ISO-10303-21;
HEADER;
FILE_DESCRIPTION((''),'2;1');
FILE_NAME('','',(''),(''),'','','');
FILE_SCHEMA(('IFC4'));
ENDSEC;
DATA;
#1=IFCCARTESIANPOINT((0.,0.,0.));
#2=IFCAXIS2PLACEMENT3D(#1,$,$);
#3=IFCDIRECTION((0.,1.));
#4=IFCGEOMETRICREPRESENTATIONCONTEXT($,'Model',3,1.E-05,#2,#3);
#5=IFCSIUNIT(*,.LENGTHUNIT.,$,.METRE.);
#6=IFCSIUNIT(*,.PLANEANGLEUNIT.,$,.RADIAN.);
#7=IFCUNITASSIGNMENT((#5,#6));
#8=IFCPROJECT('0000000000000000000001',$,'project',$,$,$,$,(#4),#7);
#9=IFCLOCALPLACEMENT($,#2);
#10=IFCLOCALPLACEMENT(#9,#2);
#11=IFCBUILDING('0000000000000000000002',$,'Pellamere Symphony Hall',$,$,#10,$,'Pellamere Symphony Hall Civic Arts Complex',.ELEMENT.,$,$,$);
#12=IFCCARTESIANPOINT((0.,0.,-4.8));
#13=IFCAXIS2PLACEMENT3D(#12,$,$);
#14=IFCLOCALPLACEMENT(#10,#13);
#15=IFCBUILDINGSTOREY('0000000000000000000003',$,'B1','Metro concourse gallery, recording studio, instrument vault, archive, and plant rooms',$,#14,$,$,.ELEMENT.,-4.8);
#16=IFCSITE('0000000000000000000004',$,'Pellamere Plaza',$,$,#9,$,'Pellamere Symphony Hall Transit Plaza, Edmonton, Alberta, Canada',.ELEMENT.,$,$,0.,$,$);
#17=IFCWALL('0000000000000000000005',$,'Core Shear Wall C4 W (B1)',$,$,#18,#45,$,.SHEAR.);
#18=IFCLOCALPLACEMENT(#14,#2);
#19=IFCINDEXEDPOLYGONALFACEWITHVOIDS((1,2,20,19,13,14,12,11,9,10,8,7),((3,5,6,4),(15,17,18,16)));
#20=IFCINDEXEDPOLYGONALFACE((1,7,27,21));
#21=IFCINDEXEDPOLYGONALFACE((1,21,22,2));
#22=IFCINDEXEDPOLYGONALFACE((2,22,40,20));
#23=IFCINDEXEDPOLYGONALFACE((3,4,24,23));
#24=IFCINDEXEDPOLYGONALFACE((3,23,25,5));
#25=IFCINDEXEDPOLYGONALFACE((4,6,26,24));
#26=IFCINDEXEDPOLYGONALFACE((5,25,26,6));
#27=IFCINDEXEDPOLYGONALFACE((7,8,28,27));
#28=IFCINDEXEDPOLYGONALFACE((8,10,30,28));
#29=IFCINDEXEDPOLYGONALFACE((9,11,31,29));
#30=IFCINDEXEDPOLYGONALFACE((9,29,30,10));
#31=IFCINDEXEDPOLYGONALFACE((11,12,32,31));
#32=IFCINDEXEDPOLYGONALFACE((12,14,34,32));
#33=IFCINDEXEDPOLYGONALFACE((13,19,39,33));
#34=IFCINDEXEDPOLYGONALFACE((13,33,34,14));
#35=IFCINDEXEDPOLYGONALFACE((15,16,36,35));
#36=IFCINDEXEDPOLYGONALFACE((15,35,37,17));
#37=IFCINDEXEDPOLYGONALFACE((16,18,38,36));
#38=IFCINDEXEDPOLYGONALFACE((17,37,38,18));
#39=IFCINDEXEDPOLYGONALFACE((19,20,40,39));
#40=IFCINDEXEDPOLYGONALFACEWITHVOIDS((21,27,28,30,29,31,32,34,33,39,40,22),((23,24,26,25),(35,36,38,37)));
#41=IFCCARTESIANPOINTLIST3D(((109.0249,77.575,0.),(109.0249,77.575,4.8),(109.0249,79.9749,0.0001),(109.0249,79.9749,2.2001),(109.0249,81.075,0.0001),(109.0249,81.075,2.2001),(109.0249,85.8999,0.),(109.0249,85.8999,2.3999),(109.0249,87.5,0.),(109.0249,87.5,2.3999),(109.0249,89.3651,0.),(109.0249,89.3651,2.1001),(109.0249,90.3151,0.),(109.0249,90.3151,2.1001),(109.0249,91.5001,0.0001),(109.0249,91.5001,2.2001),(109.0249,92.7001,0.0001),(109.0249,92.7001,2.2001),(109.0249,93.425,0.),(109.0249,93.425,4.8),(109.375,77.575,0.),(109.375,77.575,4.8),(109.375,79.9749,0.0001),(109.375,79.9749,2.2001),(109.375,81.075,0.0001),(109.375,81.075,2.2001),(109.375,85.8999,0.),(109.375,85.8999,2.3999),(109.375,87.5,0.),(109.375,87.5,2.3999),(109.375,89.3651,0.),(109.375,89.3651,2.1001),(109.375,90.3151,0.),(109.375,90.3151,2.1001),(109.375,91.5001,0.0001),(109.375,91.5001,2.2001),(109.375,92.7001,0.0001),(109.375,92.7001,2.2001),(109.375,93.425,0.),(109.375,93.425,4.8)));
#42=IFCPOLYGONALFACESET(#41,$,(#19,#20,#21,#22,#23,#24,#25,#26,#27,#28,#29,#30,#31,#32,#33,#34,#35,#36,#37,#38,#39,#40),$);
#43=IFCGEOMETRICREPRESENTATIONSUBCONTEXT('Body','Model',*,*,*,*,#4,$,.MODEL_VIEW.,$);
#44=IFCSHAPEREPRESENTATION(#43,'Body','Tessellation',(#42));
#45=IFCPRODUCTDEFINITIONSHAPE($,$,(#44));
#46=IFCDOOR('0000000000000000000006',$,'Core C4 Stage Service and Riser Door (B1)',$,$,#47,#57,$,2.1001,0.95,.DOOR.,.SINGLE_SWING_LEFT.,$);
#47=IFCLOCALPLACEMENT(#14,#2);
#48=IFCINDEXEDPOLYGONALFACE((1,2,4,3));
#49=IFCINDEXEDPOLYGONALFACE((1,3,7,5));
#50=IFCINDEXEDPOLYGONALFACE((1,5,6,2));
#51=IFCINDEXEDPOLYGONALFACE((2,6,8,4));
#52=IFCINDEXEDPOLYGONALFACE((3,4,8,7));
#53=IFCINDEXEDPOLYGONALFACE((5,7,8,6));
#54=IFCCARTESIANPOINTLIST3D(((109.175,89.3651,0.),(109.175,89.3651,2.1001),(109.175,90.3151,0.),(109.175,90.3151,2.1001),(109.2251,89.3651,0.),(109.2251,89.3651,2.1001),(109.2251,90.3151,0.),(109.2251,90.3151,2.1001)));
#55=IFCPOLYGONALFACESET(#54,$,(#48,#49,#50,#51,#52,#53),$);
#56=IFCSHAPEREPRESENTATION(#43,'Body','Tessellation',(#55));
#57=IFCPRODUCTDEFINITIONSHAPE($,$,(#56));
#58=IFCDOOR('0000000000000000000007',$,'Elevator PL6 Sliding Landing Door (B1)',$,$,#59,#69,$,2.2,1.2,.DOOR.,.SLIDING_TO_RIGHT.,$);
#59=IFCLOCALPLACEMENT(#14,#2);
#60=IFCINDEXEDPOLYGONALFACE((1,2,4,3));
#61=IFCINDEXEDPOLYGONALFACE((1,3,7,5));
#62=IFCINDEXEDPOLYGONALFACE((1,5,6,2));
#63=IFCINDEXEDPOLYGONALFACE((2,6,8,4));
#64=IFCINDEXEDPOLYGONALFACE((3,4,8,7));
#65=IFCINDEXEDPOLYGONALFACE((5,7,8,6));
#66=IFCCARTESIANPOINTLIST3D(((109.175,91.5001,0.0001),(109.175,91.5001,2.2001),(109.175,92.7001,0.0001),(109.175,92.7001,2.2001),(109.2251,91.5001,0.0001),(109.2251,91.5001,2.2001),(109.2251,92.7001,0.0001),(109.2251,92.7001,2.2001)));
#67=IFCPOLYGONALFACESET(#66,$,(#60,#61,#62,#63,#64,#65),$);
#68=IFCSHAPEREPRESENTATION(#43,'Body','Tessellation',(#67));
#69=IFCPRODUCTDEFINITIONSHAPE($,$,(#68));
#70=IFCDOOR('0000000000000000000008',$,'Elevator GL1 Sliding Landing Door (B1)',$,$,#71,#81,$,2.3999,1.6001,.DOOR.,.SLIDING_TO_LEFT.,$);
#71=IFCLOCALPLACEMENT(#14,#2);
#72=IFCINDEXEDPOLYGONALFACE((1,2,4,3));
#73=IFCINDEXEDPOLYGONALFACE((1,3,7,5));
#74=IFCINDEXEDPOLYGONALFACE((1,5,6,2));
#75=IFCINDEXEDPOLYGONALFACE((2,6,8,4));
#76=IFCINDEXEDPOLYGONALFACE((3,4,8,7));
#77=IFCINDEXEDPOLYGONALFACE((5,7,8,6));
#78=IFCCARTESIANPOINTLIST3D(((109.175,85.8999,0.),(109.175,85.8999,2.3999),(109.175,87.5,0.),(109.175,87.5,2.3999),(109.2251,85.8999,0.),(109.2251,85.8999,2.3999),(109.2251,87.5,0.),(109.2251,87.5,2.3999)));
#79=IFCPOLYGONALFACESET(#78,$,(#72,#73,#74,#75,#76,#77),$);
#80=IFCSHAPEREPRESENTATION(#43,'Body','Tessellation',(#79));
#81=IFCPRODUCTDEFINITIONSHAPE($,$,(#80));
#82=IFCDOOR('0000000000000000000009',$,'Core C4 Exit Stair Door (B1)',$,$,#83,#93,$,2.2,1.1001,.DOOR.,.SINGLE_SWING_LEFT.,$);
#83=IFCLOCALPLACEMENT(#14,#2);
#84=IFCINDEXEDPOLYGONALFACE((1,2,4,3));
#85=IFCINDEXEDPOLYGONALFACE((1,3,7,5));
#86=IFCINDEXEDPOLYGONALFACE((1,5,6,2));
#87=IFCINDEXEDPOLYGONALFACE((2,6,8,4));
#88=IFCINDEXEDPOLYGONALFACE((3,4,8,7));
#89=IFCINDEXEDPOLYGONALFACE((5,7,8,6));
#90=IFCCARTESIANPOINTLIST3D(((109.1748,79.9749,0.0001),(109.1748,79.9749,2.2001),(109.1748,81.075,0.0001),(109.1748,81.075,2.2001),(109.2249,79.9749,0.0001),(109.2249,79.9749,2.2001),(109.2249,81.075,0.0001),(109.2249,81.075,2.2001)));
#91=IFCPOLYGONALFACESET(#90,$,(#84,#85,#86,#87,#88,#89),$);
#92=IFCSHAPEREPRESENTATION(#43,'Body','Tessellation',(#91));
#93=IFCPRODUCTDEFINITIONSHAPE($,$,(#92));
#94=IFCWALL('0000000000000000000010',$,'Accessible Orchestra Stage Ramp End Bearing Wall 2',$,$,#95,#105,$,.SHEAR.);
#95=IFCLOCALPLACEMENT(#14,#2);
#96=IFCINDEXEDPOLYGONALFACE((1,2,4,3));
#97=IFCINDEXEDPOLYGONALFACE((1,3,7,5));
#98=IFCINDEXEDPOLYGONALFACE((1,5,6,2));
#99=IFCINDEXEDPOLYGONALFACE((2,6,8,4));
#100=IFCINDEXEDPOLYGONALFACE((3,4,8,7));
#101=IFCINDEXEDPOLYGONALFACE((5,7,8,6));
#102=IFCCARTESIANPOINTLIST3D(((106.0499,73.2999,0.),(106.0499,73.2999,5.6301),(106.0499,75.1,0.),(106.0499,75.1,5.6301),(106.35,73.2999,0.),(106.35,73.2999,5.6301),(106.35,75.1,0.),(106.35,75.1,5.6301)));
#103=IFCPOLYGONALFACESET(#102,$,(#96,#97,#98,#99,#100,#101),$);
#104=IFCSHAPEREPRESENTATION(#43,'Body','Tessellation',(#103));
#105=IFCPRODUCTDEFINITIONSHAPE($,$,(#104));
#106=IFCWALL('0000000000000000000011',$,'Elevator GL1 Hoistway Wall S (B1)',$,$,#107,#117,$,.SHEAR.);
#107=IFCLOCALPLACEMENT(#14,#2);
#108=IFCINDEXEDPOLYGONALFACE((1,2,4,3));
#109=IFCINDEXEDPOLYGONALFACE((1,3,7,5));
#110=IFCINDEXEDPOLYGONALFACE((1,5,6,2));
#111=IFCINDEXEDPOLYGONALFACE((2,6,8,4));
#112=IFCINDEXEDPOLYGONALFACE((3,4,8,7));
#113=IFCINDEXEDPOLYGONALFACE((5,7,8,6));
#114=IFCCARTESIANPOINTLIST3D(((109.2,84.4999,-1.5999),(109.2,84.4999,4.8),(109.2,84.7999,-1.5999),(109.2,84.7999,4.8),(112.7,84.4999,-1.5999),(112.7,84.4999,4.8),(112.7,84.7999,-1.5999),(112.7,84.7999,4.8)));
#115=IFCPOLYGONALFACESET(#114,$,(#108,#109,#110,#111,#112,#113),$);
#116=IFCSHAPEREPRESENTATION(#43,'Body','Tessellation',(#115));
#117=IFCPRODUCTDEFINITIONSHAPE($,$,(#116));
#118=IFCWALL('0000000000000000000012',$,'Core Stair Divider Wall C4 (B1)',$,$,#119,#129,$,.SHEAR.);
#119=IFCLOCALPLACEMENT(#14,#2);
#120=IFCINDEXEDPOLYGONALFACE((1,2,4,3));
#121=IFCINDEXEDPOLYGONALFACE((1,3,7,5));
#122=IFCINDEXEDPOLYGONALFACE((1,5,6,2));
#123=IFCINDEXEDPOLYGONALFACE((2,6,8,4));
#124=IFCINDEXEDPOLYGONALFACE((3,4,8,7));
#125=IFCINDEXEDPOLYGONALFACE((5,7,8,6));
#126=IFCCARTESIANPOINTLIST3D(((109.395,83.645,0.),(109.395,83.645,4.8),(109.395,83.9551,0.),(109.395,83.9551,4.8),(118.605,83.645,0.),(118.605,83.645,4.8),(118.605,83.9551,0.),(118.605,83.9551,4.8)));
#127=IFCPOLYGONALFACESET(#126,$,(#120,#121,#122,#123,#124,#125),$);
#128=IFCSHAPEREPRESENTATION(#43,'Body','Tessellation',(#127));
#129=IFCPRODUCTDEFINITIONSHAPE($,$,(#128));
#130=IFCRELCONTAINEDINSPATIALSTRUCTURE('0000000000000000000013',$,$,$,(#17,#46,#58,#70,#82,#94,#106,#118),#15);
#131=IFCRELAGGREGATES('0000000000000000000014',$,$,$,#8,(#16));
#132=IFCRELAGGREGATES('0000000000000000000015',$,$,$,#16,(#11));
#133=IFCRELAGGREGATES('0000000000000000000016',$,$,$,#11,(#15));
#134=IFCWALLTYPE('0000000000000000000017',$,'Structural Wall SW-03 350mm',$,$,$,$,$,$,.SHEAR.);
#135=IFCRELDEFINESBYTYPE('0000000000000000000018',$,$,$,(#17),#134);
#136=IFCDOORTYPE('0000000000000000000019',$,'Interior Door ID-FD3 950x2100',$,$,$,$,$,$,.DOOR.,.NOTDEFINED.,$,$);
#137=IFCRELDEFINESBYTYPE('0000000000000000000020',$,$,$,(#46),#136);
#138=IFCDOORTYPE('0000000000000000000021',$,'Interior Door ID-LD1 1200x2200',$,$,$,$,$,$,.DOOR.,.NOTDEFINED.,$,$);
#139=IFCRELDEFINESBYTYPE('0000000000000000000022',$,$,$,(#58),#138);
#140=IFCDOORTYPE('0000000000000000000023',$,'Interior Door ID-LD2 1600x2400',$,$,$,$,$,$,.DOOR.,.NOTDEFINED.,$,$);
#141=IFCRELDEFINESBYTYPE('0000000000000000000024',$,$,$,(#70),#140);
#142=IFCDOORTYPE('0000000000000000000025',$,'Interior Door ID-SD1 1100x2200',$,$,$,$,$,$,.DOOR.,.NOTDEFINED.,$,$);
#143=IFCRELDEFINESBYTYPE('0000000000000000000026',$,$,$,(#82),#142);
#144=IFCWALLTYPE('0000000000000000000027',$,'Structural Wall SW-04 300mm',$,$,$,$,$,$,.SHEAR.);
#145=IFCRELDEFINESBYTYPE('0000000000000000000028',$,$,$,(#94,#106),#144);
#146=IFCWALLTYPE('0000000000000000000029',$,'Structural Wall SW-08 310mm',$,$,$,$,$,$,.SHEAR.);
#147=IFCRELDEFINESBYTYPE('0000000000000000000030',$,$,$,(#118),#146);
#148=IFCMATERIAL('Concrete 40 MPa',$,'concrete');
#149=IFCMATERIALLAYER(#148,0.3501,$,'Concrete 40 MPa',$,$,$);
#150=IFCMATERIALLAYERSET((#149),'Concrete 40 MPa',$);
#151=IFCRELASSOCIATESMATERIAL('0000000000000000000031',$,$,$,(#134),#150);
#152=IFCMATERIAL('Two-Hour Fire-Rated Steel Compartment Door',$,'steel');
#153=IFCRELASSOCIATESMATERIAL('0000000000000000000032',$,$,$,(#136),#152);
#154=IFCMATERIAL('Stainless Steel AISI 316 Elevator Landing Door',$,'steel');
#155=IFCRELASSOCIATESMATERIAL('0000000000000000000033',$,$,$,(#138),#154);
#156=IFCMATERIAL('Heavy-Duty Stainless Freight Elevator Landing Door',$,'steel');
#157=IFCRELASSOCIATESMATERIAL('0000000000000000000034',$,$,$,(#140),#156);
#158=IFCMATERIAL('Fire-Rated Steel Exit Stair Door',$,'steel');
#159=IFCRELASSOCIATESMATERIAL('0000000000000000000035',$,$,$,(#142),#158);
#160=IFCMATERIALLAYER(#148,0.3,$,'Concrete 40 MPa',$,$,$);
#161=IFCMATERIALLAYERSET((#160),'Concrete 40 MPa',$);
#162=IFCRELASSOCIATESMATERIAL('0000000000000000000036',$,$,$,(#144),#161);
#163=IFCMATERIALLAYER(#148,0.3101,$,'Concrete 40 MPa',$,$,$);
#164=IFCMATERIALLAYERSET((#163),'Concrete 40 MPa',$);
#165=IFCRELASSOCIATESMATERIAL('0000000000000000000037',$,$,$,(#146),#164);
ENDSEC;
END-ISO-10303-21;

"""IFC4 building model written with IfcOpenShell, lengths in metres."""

from ifc_helpers import new_model, si_unit, direction, frame, frame_2d, origin, place, context, subcontext, project, spatial, rectangle, extrude, material, layer, layer_set, type_object, element, fill, save


model = new_model("IFC4")

# Units and contexts
model_context = context("Model", 3, precision=1e-05, world=origin(), true_north=direction((0.0, 1.0)))
body_context = subcontext(model_context, "Body", "Model", "MODEL_VIEW")
ifc_project = project(units=[si_unit("LENGTHUNIT", "METRE"), si_unit("PLANEANGLEUNIT", "RADIAN")], contexts=[model_context])

# Site, building, storey
site_placement = place(None, origin())
site = spatial("IfcSite", under=ifc_project, at=site_placement, Name="Pellamere Plaza", LongName="Pellamere Symphony Hall Transit Plaza, Edmonton, Alberta, Canada", CompositionType="ELEMENT", RefElevation=0.0)
building_placement = place(site_placement, origin())
building = spatial("IfcBuilding", under=site, at=building_placement, Name="Pellamere Symphony Hall", LongName="Pellamere Symphony Hall Civic Arts Complex", CompositionType="ELEMENT")
storey_placement = place(building_placement, frame((0.0, 0.0, -4.8)))
storey = spatial("IfcBuildingStorey", under=building, at=storey_placement, Name="B1", Description="Metro concourse gallery, recording studio, instrument vault, archive, and plant rooms", CompositionType="ELEMENT", Elevation=-4.8)

# Shared definitions
ifc_material_1 = material(Name="Concrete 40 MPa", Category="concrete")

# Shared definitions
ifc_layer_1 = layer(ifc_material_1, 0.3501, Name="Concrete 40 MPa")
ifc_layer_set_1 = layer_set([ifc_layer_1], Name="Concrete 40 MPa")
wall_type_1 = type_object("IfcWallType", Name="Structural Wall SW-03 350mm", PredefinedType="SHEAR", material=ifc_layer_set_1)

# Wall, openings, doors
wall_1_placement = place(storey_placement, frame((109.2, 77.575, 0.0), z_axis=(0.0, 0.0, 1.0), x_axis=(0.0, 1.0, 0.0)))
wall_1 = element("IfcWall", 1, at=wall_1_placement, inside=storey, type_object=wall_type_1, Name="Core Shear Wall C4 W (B1)", PredefinedType="SHEAR", context=body_context, shape_type="SweptSolid", body=[
    extrude(rectangle(XDim=15.8501, YDim=0.3501, at=frame_2d((7.925, 0.0))), origin(), (0.0, 0.0, 1.0), 4.8),
])
opening_1_placement = place(wall_1_placement, frame((8.325, 0.0, 0.0)))
opening_1 = element("IfcOpeningElement", 2, at=opening_1_placement, cuts=wall_1, PredefinedType="OPENING", context=body_context, shape_type="SweptSolid", body=[
    extrude(rectangle(XDim=1.6001, YDim=2.3999, at=frame_2d((0.8, 1.2))), frame((0.0, 0.1851, 0.0), z_axis=(0.0, -1.0, 0.0), x_axis=(1.0, 0.0, 0.0)), (0.0, 0.0, 1.0), 0.3701),
])
opening_2_placement = place(wall_1_placement, frame((13.925, 0.0, 0.0)))
opening_2 = element("IfcOpeningElement", 3, at=opening_2_placement, cuts=wall_1, PredefinedType="OPENING", context=body_context, shape_type="SweptSolid", body=[
    extrude(rectangle(XDim=1.2, YDim=2.2, at=frame_2d((0.6001, 1.1001))), frame((0.0, 0.1851, 0.0), z_axis=(0.0, -1.0, 0.0), x_axis=(1.0, 0.0, 0.0)), (0.0, 0.0, 1.0), 0.3701),
])
opening_3_placement = place(wall_1_placement, frame((11.79, 0.0, 0.0)))
opening_3 = element("IfcOpeningElement", 4, at=opening_3_placement, cuts=wall_1, PredefinedType="OPENING", context=body_context, shape_type="SweptSolid", body=[
    extrude(rectangle(XDim=0.95, YDim=2.1001, at=frame_2d((0.4751, 1.05))), frame((0.0, 0.1851, 0.0), z_axis=(0.0, -1.0, 0.0), x_axis=(1.0, 0.0, 0.0)), (0.0, 0.0, 1.0), 0.3701),
])
opening_4_placement = place(wall_1_placement, frame((2.3999, 0.0, 0.0)))
opening_4 = element("IfcOpeningElement", 5, at=opening_4_placement, cuts=wall_1, PredefinedType="OPENING", context=body_context, shape_type="SweptSolid", body=[
    extrude(rectangle(XDim=1.1001, YDim=2.2, at=frame_2d((0.55, 1.1001))), frame((0.0, 0.1851, 0.0), z_axis=(0.0, -1.0, 0.0), x_axis=(1.0, 0.0, 0.0)), (0.0, 0.0, 1.0), 0.3701),
])
ifc_material_2 = material(Name="Two-Hour Fire-Rated Steel Compartment Door", Category="steel")
door_type_1 = type_object("IfcDoorType", Name="Interior Door ID-FD3 950x2100", OperationType="NOTDEFINED", PredefinedType="DOOR", material=ifc_material_2)
door_1_placement = place(opening_3_placement, origin())
door_1 = element("IfcDoor", 6, at=door_1_placement, inside=storey, type_object=door_type_1, Name="Core C4 Stage Service and Riser Door (B1)", OperationType="SINGLE_SWING_LEFT", OverallHeight=2.1001, OverallWidth=0.95, PredefinedType="DOOR", context=body_context, shape_type="SweptSolid", body=[
    extrude(rectangle(XDim=0.95, YDim=2.1001, at=frame_2d((0.4751, 1.05))), frame((0.0, 0.0249, 0.0), z_axis=(0.0, -1.0, 0.0), x_axis=(1.0, 0.0, 0.0)), (0.0, 0.0, 1.0), 0.05),
])
fill(opening_3, door_1)
ifc_material_3 = material(Name="Stainless Steel AISI 316 Elevator Landing Door", Category="steel")
door_type_2 = type_object("IfcDoorType", Name="Interior Door ID-LD1 1200x2200", OperationType="NOTDEFINED", PredefinedType="DOOR", material=ifc_material_3)
door_2_placement = place(opening_2_placement, origin())
door_2 = element("IfcDoor", 7, at=door_2_placement, inside=storey, type_object=door_type_2, Name="Elevator PL6 Sliding Landing Door (B1)", OperationType="SLIDING_TO_RIGHT", OverallHeight=2.2, OverallWidth=1.2, PredefinedType="DOOR", context=body_context, shape_type="SweptSolid", body=[
    extrude(rectangle(XDim=1.2, YDim=2.2, at=frame_2d((0.6001, 1.1001))), frame((0.0, 0.0249, 0.0), z_axis=(0.0, -1.0, 0.0), x_axis=(1.0, 0.0, 0.0)), (0.0, 0.0, 1.0), 0.05),
])
fill(opening_2, door_2)
ifc_material_4 = material(Name="Heavy-Duty Stainless Freight Elevator Landing Door", Category="steel")
door_type_3 = type_object("IfcDoorType", Name="Interior Door ID-LD2 1600x2400", OperationType="NOTDEFINED", PredefinedType="DOOR", material=ifc_material_4)
door_3_placement = place(opening_1_placement, origin())
door_3 = element("IfcDoor", 8, at=door_3_placement, inside=storey, type_object=door_type_3, Name="Elevator GL1 Sliding Landing Door (B1)", OperationType="SLIDING_TO_LEFT", OverallHeight=2.3999, OverallWidth=1.6001, PredefinedType="DOOR", context=body_context, shape_type="SweptSolid", body=[
    extrude(rectangle(XDim=1.6001, YDim=2.3999, at=frame_2d((0.8, 1.2))), frame((0.0, 0.0249, 0.0), z_axis=(0.0, -1.0, 0.0), x_axis=(1.0, 0.0, 0.0)), (0.0, 0.0, 1.0), 0.05),
])
fill(opening_1, door_3)
ifc_material_5 = material(Name="Fire-Rated Steel Exit Stair Door", Category="steel")
door_type_4 = type_object("IfcDoorType", Name="Interior Door ID-SD1 1100x2200", OperationType="NOTDEFINED", PredefinedType="DOOR", material=ifc_material_5)
door_4_placement = place(opening_4_placement, frame((1.1001, 0.0, 0.0), z_axis=(0.0, 0.0, 1.0), x_axis=(-1.0, 0.0, 0.0)))
door_4 = element("IfcDoor", 9, at=door_4_placement, inside=storey, type_object=door_type_4, Name="Core C4 Exit Stair Door (B1)", OperationType="SINGLE_SWING_LEFT", OverallHeight=2.2, OverallWidth=1.1001, PredefinedType="DOOR", context=body_context, shape_type="SweptSolid", body=[
    extrude(rectangle(XDim=1.1001, YDim=2.2, at=frame_2d((0.55, 1.1001))), frame((0.0, 0.0249, 0.0), z_axis=(0.0, -1.0, 0.0), x_axis=(1.0, 0.0, 0.0)), (0.0, 0.0, 1.0), 0.05),
])
fill(opening_4, door_4)

# Walls
ifc_layer_2 = layer(ifc_material_1, 0.3, Name="Concrete 40 MPa")
ifc_layer_set_2 = layer_set([ifc_layer_2], Name="Concrete 40 MPa")
wall_type_2 = type_object("IfcWallType", Name="Structural Wall SW-04 300mm", PredefinedType="SHEAR", material=ifc_layer_set_2)
wall_2_placement = place(storey_placement, frame((106.2, 73.3, 0.0), z_axis=(0.0, 0.0, 1.0), x_axis=(0.0, 1.0, 0.0)))
element("IfcWall", 10, at=wall_2_placement, inside=storey, type_object=wall_type_2, Name="Accessible Orchestra Stage Ramp End Bearing Wall 2", PredefinedType="SHEAR", context=body_context, shape_type="SweptSolid", body=[
    extrude(rectangle(XDim=1.8, YDim=0.3, at=frame_2d((0.8999, 0.0))), origin(), (0.0, 0.0, 1.0), 5.6301),
])
wall_3_placement = place(storey_placement, frame((109.2, 84.6499, -1.5999), z_axis=(0.0, 0.0, 1.0), x_axis=(1.0, 0.0, 0.0)))
element("IfcWall", 11, at=wall_3_placement, inside=storey, type_object=wall_type_2, Name="Elevator GL1 Hoistway Wall S (B1)", PredefinedType="SHEAR", context=body_context, shape_type="SweptSolid", body=[
    extrude(rectangle(XDim=3.5, YDim=0.3, at=frame_2d((1.75, 0.0))), origin(), (0.0, 0.0, 1.0), 6.3999),
])
ifc_layer_3 = layer(ifc_material_1, 0.3101, Name="Concrete 40 MPa")
ifc_layer_set_3 = layer_set([ifc_layer_3], Name="Concrete 40 MPa")
wall_type_3 = type_object("IfcWallType", Name="Structural Wall SW-08 310mm", PredefinedType="SHEAR", material=ifc_layer_set_3)
wall_4_placement = place(storey_placement, frame((109.395, 83.8, 0.0), z_axis=(0.0, 0.0, 1.0), x_axis=(1.0, 0.0, 0.0)))
element("IfcWall", 12, at=wall_4_placement, inside=storey, type_object=wall_type_3, Name="Core Stair Divider Wall C4 (B1)", PredefinedType="SHEAR", context=body_context, shape_type="SweptSolid", body=[
    extrude(rectangle(XDim=9.21, YDim=0.3101, at=frame_2d((4.605, 0.0))), origin(), (0.0, 0.0, 1.0), 4.8),
])

save(model, "model.ifc")
